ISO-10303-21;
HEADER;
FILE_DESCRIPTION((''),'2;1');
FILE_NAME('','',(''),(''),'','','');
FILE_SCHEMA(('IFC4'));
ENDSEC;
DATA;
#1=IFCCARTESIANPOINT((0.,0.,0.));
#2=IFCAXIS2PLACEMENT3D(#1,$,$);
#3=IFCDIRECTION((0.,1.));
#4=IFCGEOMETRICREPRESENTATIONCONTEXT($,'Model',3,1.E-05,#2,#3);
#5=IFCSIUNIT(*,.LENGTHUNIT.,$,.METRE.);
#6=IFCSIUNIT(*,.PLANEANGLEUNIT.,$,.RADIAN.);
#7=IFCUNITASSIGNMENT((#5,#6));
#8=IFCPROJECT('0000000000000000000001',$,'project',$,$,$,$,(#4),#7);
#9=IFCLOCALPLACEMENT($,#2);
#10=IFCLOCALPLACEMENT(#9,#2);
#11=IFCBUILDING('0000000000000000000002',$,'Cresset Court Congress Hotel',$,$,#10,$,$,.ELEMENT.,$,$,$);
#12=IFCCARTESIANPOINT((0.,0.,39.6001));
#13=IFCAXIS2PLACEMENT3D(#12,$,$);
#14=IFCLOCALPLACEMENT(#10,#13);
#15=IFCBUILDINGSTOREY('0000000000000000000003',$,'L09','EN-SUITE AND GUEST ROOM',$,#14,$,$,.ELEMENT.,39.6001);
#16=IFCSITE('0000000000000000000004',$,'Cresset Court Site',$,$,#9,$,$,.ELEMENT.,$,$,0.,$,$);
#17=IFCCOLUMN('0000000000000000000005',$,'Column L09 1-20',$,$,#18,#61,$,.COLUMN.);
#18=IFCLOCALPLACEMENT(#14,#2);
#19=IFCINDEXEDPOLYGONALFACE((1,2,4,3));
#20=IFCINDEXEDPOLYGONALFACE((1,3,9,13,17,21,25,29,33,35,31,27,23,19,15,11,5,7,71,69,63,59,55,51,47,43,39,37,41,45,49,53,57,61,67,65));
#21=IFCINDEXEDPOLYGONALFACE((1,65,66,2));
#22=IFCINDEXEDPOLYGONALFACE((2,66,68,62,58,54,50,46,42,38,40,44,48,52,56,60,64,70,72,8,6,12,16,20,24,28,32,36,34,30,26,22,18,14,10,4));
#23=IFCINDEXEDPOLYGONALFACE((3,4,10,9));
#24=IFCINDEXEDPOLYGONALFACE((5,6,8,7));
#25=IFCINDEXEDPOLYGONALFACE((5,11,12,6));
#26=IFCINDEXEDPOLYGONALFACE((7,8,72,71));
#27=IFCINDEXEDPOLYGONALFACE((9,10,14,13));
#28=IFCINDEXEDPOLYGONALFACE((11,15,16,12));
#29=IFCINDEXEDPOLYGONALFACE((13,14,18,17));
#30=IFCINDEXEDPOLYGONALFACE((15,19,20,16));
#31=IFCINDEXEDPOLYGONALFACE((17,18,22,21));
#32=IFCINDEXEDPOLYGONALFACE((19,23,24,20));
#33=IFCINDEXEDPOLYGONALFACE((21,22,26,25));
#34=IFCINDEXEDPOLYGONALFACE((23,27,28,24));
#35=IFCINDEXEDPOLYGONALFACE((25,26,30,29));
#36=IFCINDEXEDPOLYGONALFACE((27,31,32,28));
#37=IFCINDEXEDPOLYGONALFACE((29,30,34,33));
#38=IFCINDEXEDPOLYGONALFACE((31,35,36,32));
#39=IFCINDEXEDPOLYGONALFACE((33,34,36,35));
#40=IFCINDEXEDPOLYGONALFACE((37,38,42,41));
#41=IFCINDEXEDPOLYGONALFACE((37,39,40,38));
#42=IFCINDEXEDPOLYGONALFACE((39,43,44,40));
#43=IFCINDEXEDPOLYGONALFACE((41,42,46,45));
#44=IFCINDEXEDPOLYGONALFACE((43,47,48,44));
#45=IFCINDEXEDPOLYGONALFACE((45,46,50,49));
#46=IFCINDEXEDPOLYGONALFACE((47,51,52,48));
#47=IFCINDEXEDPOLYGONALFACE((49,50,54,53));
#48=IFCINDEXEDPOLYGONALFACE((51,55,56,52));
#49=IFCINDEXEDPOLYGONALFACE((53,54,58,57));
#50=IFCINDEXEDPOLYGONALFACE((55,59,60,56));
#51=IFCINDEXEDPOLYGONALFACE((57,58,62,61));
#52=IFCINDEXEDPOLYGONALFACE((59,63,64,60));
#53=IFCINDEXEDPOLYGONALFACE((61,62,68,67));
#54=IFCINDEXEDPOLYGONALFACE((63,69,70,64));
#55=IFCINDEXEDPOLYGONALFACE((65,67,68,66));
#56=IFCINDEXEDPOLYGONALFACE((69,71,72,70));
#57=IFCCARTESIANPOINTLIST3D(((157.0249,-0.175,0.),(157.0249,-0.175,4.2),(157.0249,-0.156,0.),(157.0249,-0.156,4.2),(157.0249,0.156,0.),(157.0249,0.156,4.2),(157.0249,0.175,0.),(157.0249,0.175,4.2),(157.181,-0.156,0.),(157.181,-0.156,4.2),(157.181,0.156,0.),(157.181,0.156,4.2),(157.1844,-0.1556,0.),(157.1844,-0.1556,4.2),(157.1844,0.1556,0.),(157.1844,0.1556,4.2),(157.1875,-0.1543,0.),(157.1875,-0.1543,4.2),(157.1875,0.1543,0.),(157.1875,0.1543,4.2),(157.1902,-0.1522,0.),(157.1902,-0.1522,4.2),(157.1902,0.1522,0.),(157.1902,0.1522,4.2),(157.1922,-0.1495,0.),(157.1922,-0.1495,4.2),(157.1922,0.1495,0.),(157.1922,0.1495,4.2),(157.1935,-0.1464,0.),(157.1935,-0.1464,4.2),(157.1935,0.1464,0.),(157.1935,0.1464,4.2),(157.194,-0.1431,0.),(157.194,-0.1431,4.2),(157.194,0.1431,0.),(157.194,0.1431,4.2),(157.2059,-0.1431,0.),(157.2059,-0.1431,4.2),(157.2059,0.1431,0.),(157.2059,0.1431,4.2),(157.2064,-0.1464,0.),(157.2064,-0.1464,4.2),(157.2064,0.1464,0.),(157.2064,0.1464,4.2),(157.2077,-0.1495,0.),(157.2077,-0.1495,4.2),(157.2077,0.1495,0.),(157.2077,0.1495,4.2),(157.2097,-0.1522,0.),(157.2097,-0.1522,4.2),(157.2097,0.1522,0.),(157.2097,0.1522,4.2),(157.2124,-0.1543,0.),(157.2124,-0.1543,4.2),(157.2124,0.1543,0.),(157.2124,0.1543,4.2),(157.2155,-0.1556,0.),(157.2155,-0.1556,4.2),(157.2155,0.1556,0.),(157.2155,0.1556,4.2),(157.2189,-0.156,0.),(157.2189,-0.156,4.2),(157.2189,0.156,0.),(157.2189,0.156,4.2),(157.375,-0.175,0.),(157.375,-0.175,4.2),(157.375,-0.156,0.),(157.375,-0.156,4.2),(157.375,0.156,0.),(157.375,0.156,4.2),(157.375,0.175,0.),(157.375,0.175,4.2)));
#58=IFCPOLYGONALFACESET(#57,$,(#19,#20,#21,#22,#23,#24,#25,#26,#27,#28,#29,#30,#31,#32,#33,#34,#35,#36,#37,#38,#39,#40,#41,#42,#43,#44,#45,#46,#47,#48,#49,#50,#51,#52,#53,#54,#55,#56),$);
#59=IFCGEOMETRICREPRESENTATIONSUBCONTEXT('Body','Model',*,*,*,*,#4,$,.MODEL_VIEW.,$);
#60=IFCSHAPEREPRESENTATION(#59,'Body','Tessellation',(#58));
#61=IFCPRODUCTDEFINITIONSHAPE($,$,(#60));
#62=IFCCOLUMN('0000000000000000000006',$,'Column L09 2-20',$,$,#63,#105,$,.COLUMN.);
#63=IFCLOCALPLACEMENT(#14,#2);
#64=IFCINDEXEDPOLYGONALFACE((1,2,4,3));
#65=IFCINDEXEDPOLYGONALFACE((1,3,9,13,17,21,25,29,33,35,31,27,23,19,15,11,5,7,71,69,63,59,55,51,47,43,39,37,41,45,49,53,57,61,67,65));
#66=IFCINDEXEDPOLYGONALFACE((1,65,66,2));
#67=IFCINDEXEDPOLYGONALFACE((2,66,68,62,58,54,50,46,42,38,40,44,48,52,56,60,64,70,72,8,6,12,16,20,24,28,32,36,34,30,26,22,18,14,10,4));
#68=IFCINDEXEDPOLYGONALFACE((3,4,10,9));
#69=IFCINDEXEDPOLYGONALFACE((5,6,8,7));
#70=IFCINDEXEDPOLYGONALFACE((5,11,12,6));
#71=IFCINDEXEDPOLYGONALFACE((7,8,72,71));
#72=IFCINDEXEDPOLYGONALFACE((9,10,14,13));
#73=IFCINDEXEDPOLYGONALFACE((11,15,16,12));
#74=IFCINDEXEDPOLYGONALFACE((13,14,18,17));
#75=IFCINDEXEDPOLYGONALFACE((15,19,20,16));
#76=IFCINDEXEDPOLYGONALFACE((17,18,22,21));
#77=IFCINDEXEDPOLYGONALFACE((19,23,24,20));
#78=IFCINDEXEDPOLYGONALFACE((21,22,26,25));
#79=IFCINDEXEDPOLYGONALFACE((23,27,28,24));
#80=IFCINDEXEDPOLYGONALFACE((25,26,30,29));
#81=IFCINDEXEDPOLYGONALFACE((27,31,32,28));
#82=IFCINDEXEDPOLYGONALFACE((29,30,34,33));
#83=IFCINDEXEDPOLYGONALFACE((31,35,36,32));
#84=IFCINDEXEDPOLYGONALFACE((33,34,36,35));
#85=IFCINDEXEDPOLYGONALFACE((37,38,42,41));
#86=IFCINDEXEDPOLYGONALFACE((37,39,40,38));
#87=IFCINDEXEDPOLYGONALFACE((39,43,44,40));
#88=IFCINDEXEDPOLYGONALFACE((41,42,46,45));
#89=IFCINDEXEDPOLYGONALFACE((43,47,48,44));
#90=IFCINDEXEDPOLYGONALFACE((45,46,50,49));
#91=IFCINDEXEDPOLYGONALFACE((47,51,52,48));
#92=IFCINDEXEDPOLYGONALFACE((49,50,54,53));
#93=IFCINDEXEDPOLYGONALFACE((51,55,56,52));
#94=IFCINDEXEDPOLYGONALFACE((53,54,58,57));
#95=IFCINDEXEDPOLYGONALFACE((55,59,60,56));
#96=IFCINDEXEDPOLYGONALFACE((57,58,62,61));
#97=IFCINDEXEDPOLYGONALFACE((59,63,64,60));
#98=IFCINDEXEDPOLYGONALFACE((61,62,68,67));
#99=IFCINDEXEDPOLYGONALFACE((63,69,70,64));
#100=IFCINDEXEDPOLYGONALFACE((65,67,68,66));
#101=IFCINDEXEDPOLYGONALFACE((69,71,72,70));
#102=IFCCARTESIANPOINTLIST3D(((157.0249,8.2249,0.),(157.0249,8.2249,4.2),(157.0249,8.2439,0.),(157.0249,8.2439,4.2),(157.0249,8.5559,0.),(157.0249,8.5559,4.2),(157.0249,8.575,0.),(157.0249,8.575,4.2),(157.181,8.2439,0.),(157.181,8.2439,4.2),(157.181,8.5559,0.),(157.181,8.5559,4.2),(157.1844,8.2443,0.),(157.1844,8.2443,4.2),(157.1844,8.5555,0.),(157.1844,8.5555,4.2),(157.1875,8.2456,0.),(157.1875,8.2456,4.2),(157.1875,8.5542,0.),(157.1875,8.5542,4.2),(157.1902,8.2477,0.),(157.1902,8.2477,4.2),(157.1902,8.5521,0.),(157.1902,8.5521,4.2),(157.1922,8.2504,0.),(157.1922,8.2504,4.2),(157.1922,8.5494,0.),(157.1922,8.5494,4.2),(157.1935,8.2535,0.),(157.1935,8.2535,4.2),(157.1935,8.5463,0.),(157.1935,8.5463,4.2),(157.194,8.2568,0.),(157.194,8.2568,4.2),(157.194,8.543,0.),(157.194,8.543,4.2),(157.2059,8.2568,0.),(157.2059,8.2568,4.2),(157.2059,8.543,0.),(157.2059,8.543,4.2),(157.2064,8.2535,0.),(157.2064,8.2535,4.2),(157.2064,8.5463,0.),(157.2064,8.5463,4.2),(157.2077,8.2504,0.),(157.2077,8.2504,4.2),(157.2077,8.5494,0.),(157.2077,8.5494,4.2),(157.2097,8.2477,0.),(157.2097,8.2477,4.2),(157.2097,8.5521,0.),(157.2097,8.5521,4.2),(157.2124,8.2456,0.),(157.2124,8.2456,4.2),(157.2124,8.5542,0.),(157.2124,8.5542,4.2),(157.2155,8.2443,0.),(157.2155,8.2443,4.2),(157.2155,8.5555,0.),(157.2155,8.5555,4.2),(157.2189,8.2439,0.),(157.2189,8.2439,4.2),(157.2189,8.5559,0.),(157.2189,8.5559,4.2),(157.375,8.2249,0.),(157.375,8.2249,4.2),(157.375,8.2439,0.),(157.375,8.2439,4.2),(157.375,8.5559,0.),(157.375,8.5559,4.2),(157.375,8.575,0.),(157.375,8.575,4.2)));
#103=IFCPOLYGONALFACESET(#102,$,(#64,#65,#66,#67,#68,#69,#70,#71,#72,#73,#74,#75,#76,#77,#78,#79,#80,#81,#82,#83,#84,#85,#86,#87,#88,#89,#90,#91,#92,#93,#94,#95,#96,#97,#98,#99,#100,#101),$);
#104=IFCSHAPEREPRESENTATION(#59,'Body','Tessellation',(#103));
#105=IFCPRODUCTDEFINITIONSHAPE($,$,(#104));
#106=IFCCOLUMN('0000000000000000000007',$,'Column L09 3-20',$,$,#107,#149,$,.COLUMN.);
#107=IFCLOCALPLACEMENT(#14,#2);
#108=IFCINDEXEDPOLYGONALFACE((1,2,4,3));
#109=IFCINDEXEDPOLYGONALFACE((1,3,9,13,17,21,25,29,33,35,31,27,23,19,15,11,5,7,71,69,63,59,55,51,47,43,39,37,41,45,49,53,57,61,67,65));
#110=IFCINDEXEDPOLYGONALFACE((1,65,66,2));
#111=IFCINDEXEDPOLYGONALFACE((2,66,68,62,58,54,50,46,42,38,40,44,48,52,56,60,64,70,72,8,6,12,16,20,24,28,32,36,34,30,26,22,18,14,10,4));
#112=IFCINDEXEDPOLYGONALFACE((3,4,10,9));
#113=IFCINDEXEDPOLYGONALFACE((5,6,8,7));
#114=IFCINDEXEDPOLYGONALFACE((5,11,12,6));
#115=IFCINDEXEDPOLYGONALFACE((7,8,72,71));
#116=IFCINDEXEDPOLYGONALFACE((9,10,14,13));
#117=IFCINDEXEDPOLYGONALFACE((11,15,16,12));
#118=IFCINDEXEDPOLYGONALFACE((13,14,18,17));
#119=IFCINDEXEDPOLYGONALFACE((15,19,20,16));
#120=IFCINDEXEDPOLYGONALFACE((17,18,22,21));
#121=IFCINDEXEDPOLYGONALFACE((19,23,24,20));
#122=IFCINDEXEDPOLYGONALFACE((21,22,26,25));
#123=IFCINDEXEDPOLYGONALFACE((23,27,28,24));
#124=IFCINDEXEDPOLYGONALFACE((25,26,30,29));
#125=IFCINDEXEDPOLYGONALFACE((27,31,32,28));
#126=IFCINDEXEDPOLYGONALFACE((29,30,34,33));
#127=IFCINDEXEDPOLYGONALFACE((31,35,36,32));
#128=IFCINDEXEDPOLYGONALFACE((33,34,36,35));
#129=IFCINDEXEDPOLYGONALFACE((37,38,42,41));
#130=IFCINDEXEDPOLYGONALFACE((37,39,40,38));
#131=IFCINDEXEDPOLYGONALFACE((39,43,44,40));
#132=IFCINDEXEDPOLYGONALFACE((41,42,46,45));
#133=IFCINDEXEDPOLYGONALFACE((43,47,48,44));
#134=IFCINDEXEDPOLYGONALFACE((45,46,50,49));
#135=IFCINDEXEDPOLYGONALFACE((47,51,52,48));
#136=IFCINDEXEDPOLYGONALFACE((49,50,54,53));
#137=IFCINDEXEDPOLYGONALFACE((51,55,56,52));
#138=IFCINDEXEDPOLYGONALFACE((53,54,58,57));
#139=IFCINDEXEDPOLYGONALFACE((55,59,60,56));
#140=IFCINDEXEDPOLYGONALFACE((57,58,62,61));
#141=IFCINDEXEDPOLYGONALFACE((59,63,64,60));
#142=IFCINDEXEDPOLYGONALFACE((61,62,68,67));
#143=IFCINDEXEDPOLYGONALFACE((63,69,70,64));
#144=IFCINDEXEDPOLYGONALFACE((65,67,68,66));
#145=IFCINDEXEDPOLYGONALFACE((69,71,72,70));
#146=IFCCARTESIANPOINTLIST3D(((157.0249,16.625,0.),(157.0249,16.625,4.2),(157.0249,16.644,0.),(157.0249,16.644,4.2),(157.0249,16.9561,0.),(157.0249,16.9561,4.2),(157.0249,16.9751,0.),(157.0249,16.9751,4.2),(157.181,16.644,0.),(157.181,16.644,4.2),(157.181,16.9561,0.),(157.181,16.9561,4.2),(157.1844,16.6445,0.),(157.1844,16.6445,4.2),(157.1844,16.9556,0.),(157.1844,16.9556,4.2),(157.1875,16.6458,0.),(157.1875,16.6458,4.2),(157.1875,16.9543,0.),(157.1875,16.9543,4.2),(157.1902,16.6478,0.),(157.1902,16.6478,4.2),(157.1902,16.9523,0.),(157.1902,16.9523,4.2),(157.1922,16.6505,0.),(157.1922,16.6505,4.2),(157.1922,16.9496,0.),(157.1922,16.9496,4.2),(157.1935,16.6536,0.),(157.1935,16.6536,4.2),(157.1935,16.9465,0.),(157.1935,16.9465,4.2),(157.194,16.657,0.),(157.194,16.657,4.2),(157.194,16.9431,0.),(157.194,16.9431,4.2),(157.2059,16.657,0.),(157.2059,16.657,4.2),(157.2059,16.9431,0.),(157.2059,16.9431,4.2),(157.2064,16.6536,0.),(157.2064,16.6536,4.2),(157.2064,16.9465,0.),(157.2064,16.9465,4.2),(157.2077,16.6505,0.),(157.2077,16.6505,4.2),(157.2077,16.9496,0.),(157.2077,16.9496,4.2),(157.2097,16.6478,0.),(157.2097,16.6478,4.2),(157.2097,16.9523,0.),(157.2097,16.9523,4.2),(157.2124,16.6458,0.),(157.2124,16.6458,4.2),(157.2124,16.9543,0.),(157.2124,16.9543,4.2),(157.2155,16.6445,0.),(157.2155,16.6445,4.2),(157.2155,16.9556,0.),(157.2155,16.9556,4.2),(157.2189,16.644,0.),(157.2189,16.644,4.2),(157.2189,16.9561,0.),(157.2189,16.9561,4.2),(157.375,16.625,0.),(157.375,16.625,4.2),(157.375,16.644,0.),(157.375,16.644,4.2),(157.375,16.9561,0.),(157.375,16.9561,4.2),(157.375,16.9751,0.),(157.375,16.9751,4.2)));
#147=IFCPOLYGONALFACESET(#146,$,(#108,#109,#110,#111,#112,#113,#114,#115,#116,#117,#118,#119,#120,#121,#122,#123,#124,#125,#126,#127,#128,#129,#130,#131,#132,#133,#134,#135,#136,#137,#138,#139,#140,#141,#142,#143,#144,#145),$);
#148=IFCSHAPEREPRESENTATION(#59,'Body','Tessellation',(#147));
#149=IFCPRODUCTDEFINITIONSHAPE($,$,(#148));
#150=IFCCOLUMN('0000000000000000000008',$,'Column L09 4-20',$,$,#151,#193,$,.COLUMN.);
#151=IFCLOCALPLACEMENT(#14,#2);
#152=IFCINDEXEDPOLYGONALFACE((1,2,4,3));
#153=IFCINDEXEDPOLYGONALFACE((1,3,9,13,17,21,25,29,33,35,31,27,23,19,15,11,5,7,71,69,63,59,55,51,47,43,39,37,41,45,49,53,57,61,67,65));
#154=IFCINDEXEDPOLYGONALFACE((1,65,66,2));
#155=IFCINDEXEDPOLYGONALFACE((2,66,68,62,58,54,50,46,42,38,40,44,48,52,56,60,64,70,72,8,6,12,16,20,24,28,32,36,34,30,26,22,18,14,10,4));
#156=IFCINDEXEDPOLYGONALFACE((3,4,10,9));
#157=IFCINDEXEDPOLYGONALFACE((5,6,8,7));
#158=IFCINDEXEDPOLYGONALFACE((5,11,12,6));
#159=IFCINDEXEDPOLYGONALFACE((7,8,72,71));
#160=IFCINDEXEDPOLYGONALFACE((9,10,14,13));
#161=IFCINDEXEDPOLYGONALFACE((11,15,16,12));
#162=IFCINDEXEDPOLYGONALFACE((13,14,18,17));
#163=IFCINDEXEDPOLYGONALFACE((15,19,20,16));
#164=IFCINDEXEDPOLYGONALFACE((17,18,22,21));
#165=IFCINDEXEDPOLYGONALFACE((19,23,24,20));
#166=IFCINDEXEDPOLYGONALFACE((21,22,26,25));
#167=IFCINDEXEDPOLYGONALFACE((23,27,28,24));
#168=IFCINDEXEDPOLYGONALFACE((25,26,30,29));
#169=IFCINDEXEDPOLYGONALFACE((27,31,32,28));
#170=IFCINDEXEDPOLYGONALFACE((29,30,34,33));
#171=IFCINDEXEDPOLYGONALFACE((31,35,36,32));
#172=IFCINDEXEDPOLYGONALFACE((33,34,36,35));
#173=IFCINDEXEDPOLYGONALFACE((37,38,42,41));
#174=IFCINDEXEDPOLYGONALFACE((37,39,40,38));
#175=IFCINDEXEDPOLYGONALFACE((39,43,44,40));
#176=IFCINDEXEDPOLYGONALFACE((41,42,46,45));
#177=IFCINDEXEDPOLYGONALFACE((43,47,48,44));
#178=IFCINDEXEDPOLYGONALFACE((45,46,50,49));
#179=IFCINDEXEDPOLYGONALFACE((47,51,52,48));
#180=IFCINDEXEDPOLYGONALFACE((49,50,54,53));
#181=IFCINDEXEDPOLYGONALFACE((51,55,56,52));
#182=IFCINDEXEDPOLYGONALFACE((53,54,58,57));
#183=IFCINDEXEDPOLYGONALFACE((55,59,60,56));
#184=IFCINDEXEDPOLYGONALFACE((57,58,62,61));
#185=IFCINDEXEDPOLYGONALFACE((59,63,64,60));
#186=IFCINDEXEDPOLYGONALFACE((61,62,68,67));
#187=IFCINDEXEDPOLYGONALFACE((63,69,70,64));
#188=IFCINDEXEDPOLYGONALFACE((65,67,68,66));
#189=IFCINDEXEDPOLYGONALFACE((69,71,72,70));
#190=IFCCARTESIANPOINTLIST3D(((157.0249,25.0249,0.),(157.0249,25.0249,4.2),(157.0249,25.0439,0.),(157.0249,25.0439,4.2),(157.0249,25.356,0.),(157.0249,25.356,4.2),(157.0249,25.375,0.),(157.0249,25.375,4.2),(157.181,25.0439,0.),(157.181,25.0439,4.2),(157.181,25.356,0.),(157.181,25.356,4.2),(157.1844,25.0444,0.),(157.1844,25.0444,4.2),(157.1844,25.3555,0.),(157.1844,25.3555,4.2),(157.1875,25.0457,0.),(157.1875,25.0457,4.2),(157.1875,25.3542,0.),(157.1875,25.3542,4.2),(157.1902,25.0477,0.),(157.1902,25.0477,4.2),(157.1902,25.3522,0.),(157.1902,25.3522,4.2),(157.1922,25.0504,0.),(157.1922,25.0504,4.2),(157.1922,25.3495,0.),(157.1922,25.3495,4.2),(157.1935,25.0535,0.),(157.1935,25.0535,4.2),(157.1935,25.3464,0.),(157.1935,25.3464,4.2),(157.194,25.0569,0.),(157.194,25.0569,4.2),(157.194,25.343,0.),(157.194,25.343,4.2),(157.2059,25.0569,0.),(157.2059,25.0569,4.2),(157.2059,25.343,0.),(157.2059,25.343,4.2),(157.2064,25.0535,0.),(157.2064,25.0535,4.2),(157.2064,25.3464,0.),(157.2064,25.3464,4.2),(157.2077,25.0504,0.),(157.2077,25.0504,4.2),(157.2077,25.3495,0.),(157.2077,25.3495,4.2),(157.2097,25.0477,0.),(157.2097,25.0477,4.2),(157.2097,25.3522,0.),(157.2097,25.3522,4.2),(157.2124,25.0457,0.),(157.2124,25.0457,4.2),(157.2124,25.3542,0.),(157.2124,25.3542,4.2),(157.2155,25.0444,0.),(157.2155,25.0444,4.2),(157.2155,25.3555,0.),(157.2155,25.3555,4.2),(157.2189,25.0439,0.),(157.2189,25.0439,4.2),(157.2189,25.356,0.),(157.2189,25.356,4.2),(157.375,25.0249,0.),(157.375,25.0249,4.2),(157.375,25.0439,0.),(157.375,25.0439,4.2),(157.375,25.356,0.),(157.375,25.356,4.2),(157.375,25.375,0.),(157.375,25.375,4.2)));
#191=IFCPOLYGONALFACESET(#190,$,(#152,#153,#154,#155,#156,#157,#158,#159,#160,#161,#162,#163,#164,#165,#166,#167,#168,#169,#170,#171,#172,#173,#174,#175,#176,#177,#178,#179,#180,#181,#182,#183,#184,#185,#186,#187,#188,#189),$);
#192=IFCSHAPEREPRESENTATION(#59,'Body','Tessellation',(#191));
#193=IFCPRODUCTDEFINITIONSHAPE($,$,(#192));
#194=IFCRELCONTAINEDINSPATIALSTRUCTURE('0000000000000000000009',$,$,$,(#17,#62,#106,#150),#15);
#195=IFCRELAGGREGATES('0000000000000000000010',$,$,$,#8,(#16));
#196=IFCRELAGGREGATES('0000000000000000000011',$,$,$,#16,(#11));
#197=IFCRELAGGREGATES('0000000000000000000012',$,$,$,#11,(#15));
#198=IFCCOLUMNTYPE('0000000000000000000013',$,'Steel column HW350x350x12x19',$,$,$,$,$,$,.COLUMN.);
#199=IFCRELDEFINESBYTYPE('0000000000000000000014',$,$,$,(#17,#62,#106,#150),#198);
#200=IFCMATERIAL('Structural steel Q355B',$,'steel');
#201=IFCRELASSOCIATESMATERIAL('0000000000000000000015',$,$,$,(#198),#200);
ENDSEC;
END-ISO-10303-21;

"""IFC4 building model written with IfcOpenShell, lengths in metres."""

from ifc_helpers import new_model, si_unit, direction, frame, origin, origin_2d, place, context, subcontext, project, spatial, i_section, extrude, material, material_profile, profile_set, type_object, element, save


model = new_model("IFC4")

# Units and contexts
model_context = context("Model", 3, precision=1e-05, world=origin(), true_north=direction((0.0, 1.0)))
body_context = subcontext(model_context, "Body", "Model", "MODEL_VIEW")
ifc_project = project(units=[si_unit("LENGTHUNIT", "METRE"), si_unit("PLANEANGLEUNIT", "RADIAN")], contexts=[model_context])

# Site, building, storey
site_placement = place(None, origin())
site = spatial("IfcSite", under=ifc_project, at=site_placement, Name="Cresset Court Site", CompositionType="ELEMENT", RefElevation=0.0)
building_placement = place(site_placement, origin())
building = spatial("IfcBuilding", under=site, at=building_placement, Name="Cresset Court Congress Hotel", CompositionType="ELEMENT")
storey_placement = place(building_placement, frame((0.0, 0.0, 39.6001)))
storey = spatial("IfcBuildingStorey", under=building, at=storey_placement, Name="L09", Description="EN-SUITE AND GUEST ROOM", CompositionType="ELEMENT", Elevation=39.6001)

# Columns
ifc_material_1 = material(Name="Structural steel Q355B", Category="steel")
ifc_material_profile_1 = material_profile(ifc_material_1, i_section(OverallWidth=0.3501, OverallDepth=0.3501, WebThickness=0.012, FlangeThickness=0.019, FilletRadius=0.0129, at=origin_2d()), Name="HW350x350x12x19")
ifc_profile_set_1 = profile_set([ifc_material_profile_1], Name="Structural steel Q355B")
column_type = type_object("IfcColumnType", Name="Steel column HW350x350x12x19", PredefinedType="COLUMN", material=ifc_profile_set_1)
for number, where, z_axis, x_axis, name in (
    (1, (157.2, 0.0, 0.0), (0.0, 0.0, 1.0), (1.0, 0.0, 0.0), "Column L09 1-20"),
    (2, (157.2, 8.3999, 0.0), (0.0, 0.0, 1.0), (1.0, 0.0, 0.0), "Column L09 2-20"),
    (3, (157.2, 16.8, 0.0), (0.0, 0.0, 1.0), (1.0, 0.0, 0.0), "Column L09 3-20"),
    (4, (157.2, 25.2, 0.0), (0.0, 0.0, 1.0), (1.0, 0.0, 0.0), "Column L09 4-20"),
):
    element("IfcColumn", number, at=place(storey_placement, frame(where, z_axis=z_axis, x_axis=x_axis)), inside=storey, type_object=column_type, Name=name, PredefinedType="COLUMN", context=body_context, shape_type="SweptSolid", body=[
        extrude(i_section(OverallWidth=0.3501, OverallDepth=0.3501, WebThickness=0.012, FlangeThickness=0.019, FilletRadius=0.0129, at=origin_2d()), origin(), (0.0, 0.0, 1.0), 4.2),
    ])

save(model, "model.ifc")
